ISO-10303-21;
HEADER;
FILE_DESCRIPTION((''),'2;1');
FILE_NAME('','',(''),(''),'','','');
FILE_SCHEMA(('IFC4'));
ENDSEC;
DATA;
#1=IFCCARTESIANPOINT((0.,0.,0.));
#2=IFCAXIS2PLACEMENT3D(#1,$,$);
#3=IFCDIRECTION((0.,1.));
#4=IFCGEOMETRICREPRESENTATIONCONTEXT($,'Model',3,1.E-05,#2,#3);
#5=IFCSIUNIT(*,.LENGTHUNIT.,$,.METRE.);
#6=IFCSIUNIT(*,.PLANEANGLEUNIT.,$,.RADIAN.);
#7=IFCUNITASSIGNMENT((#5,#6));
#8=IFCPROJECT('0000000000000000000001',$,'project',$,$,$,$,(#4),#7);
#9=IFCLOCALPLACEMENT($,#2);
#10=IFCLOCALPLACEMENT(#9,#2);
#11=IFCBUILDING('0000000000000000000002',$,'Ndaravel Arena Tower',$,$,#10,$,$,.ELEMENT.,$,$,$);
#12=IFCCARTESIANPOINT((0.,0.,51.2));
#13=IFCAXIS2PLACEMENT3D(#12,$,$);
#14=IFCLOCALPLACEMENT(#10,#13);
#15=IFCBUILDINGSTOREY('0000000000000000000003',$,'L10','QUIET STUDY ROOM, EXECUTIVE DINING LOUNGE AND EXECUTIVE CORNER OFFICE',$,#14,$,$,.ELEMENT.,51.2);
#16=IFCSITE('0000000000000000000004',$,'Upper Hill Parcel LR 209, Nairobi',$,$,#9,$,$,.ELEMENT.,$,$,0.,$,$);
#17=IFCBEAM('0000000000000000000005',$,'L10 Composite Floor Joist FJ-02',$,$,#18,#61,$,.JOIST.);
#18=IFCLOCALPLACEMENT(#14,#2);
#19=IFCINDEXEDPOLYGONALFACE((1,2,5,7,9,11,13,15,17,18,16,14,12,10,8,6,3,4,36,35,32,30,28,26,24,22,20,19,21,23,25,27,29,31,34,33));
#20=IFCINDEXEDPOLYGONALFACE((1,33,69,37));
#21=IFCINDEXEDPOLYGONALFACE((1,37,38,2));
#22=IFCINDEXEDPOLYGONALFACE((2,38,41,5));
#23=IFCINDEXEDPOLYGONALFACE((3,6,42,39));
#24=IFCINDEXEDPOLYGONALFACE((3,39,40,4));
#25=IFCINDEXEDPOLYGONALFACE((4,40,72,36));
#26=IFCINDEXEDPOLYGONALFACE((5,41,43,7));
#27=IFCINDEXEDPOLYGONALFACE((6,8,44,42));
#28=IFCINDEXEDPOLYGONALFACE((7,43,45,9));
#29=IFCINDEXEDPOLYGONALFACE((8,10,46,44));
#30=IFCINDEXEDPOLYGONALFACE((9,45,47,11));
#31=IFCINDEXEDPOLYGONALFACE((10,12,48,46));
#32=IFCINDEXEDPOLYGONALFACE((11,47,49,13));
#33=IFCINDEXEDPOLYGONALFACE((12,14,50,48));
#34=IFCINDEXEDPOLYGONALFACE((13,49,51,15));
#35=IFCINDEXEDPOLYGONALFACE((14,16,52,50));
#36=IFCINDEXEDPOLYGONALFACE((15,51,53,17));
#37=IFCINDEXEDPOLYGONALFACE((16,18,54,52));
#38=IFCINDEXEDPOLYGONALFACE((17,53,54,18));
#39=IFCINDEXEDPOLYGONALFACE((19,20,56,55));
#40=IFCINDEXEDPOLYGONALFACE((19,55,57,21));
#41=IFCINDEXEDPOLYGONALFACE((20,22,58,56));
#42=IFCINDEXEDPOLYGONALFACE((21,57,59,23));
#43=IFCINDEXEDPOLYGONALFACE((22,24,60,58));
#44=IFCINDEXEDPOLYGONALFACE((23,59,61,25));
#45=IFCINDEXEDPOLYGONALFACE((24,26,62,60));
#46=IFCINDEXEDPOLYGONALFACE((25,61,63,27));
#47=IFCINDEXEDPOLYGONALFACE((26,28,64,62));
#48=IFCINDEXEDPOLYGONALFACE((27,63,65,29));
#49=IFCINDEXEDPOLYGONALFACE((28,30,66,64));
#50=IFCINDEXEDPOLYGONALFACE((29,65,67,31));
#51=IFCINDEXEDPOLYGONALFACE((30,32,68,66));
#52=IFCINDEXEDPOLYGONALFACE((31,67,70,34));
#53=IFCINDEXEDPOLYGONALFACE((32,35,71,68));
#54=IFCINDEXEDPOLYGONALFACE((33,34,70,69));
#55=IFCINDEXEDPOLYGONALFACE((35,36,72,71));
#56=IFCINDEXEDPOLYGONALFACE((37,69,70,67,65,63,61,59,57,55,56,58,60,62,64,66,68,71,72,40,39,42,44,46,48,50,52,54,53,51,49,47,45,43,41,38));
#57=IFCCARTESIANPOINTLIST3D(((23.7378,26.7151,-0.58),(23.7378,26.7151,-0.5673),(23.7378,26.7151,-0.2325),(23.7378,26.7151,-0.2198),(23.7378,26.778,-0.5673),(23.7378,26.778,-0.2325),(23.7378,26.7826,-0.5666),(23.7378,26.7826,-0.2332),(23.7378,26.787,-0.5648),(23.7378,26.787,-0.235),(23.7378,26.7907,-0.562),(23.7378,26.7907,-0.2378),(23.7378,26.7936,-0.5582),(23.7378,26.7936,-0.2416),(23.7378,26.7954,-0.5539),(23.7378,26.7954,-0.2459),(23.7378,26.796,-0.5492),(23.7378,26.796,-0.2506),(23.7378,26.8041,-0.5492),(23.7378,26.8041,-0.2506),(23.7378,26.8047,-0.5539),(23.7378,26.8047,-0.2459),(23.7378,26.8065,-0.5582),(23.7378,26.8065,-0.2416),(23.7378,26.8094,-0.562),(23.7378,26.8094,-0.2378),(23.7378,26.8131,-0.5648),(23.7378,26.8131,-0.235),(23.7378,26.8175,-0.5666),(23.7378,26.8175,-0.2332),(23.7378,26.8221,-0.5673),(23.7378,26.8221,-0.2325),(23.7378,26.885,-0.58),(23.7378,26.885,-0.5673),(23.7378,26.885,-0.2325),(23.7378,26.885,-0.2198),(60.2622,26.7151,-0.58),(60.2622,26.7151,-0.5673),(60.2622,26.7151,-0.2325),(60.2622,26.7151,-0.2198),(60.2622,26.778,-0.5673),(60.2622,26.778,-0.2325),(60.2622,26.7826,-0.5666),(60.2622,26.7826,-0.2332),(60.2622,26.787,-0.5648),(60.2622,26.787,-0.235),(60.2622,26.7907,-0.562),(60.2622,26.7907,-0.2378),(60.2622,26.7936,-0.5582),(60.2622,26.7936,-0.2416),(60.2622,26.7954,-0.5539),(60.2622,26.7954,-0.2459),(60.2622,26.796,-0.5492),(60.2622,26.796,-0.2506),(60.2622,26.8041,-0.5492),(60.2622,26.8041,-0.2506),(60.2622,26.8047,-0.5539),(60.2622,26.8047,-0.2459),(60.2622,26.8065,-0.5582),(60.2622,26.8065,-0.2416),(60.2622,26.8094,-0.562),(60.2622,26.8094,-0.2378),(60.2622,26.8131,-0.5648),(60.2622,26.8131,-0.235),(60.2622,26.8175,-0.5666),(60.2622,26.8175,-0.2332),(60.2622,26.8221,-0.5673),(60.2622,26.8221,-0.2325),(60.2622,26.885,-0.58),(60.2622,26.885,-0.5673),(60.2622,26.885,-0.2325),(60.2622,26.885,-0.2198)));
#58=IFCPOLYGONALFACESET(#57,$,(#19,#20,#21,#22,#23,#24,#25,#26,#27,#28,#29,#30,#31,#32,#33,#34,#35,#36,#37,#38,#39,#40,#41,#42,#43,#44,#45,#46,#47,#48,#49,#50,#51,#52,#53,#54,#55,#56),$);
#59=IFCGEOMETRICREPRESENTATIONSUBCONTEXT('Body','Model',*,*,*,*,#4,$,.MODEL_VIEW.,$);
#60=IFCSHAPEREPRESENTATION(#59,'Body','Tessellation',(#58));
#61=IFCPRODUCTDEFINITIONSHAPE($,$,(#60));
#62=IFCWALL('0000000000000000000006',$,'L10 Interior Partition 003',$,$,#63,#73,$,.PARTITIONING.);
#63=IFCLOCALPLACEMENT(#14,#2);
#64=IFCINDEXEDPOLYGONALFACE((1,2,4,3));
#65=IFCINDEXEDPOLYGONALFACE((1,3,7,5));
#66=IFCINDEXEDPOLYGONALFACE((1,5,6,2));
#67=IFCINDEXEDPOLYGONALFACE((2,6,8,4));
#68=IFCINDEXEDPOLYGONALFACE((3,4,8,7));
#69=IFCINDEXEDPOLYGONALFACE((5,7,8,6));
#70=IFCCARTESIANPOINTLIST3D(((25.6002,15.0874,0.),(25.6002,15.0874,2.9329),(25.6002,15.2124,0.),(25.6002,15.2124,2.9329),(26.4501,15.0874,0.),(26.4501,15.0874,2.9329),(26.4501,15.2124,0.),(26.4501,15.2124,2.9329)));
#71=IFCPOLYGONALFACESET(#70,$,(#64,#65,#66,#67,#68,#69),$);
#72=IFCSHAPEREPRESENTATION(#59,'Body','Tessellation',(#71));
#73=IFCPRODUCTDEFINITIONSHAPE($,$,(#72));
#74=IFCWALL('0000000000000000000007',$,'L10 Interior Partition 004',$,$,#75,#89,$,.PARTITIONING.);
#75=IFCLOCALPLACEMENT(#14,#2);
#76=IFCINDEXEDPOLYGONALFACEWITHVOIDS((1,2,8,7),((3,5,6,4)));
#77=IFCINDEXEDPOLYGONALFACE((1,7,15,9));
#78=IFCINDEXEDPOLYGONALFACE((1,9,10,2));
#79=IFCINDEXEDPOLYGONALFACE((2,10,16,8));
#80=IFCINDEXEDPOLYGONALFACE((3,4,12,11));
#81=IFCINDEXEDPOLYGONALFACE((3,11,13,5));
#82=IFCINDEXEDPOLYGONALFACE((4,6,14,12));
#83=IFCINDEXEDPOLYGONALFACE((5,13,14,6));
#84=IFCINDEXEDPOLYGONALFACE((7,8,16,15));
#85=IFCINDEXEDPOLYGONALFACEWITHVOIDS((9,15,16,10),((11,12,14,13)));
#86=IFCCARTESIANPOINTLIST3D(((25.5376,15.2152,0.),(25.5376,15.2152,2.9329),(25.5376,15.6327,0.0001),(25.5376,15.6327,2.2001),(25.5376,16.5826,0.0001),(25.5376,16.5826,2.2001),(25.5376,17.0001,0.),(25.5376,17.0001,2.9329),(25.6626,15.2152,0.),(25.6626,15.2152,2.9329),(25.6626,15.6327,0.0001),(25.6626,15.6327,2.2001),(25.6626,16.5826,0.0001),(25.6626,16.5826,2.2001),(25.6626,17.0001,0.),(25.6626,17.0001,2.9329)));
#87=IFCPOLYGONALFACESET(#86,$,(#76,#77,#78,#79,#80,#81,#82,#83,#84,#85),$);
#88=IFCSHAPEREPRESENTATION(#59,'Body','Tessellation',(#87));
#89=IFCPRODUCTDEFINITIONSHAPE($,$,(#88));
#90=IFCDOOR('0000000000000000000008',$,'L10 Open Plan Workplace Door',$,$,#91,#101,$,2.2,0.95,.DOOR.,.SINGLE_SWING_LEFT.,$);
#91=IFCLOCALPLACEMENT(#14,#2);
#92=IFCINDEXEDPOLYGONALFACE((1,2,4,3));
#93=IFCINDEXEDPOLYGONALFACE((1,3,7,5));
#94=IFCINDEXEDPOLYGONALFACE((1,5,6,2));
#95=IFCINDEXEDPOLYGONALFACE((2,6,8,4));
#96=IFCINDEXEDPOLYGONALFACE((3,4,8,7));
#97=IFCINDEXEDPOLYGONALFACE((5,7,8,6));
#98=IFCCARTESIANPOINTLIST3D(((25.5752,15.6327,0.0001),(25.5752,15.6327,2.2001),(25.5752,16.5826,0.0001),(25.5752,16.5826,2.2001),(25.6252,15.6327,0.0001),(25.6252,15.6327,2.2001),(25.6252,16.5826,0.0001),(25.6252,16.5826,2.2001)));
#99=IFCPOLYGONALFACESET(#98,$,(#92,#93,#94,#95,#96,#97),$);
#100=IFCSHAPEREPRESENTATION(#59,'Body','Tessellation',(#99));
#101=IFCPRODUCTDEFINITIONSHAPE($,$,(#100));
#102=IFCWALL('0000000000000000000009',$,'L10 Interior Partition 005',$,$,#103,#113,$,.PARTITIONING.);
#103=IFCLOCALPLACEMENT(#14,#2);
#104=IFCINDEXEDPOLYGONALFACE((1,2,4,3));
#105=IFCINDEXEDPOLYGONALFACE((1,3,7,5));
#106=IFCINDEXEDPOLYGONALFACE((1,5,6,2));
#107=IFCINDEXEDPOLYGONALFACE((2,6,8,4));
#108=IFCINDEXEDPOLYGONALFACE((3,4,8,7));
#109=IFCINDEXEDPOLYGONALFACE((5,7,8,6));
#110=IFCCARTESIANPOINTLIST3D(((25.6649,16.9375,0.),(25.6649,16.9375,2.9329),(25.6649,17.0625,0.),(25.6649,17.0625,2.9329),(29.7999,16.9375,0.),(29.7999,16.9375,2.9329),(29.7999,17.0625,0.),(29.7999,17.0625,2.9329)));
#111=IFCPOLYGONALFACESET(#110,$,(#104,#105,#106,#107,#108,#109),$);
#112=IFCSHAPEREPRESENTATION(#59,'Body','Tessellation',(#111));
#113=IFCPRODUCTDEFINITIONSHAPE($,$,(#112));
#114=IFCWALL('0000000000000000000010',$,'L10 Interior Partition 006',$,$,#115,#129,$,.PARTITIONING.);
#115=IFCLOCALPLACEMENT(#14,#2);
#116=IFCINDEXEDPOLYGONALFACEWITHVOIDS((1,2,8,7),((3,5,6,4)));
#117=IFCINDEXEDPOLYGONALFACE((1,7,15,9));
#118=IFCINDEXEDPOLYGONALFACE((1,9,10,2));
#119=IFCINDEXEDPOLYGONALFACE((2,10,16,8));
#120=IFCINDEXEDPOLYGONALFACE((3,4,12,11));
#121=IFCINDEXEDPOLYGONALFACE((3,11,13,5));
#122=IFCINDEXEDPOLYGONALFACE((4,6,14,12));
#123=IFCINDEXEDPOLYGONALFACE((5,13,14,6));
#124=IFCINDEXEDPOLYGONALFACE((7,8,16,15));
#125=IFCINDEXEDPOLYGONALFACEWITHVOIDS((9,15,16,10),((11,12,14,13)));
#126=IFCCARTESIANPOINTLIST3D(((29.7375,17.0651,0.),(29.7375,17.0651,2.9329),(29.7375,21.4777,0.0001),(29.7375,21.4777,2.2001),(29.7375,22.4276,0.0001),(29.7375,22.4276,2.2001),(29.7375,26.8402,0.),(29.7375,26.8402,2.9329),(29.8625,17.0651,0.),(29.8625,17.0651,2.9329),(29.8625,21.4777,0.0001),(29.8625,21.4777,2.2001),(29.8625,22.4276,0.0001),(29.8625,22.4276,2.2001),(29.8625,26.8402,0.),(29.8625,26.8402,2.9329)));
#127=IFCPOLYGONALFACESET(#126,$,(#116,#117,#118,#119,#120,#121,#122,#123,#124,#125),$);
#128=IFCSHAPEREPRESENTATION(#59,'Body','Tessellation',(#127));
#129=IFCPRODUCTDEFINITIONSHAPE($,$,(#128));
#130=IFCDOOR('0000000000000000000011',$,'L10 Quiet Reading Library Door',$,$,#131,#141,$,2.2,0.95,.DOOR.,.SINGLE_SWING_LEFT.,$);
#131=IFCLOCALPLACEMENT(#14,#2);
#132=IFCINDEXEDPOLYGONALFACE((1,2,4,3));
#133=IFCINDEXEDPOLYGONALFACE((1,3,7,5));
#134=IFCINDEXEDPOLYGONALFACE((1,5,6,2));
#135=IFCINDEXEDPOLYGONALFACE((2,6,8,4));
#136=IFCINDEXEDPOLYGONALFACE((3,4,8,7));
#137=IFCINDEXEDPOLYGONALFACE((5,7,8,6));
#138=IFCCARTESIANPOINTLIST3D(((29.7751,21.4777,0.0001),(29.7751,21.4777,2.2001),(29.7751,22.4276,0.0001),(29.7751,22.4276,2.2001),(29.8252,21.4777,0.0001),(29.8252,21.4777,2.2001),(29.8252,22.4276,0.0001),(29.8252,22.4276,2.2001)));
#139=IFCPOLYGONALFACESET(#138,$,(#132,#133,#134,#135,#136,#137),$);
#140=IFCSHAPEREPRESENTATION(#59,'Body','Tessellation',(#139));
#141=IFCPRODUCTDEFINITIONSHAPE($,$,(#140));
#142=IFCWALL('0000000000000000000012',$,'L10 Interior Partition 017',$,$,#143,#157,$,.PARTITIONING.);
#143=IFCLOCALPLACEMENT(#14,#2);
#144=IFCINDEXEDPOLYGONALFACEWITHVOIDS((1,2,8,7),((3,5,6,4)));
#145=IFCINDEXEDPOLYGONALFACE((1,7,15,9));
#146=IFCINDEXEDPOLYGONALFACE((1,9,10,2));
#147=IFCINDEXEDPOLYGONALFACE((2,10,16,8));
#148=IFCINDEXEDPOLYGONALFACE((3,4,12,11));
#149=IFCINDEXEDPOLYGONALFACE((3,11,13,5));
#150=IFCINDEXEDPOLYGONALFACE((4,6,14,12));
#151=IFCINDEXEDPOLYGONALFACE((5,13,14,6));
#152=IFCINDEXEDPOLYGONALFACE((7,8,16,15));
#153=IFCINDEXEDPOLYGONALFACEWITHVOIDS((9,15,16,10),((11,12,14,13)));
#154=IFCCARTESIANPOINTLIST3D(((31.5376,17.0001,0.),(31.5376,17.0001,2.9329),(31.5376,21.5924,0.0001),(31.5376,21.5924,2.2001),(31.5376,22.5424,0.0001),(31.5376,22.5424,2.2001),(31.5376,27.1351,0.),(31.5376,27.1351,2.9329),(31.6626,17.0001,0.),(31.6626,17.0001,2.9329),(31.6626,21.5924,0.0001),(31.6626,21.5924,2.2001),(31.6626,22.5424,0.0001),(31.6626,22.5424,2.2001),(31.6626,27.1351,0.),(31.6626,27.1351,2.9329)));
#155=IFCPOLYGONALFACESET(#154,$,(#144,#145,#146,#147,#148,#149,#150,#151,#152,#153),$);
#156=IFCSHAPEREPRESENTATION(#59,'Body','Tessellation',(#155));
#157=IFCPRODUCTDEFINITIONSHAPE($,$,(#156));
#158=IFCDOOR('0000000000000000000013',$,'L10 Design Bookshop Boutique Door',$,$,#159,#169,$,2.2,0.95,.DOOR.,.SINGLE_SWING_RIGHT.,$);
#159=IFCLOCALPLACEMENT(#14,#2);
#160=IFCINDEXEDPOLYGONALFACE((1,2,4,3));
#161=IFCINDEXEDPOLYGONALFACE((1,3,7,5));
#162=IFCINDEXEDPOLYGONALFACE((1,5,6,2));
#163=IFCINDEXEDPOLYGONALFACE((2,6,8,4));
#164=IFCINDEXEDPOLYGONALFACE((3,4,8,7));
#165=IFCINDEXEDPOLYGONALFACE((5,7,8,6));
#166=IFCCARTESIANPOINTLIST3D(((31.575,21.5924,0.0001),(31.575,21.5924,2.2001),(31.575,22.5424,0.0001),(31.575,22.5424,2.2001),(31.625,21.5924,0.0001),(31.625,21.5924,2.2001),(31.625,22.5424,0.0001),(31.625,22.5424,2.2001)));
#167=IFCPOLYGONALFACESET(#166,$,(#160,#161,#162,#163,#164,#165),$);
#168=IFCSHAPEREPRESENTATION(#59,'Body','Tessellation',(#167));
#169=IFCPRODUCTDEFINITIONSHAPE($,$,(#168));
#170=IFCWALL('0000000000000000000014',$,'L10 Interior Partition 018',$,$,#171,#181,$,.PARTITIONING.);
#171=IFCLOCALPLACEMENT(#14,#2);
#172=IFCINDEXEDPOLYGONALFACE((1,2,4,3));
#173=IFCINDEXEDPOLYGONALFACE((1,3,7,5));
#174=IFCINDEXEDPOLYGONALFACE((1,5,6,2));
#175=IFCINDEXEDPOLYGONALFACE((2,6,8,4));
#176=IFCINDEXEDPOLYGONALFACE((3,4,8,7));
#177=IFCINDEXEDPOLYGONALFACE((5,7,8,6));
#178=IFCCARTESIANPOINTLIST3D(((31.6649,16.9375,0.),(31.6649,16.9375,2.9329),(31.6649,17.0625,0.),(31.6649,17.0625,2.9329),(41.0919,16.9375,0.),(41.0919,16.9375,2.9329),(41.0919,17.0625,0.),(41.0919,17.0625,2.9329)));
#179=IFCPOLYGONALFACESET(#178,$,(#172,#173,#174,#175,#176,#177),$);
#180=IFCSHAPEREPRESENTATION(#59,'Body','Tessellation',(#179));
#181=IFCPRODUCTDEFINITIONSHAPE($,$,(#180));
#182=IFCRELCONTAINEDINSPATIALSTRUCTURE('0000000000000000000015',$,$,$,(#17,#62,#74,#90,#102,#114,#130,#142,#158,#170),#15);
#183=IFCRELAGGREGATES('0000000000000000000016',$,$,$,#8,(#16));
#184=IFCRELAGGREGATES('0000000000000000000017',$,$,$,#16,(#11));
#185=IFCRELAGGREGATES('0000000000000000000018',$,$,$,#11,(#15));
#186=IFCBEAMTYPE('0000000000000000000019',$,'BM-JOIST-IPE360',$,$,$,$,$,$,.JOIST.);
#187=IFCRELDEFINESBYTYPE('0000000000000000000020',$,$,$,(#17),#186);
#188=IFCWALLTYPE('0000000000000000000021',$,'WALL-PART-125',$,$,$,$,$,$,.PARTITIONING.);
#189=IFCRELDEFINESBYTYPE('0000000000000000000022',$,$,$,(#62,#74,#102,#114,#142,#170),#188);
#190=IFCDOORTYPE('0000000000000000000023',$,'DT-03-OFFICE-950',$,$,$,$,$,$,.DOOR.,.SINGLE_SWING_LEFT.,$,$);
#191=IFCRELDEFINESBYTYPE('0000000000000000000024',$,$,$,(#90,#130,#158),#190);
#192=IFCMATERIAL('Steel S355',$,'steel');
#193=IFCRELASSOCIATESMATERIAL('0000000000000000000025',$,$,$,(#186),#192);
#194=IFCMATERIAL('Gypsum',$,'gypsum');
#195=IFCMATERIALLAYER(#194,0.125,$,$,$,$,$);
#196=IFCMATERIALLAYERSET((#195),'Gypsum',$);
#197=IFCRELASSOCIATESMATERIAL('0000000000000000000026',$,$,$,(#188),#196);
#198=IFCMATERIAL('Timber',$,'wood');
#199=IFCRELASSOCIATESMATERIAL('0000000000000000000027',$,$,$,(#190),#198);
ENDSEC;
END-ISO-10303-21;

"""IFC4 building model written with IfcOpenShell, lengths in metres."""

from ifc_helpers import new_model, si_unit, direction, frame, frame_2d, origin, origin_2d, place, context, subcontext, project, spatial, rectangle, i_section, extrude, material, layer, layer_set, material_profile, profile_set, type_object, element, fill, save


model = new_model("IFC4")

# Units and contexts
model_context = context("Model", 3, precision=1e-05, world=origin(), true_north=direction((0.0, 1.0)))
body_context = subcontext(model_context, "Body", "Model", "MODEL_VIEW")
ifc_project = project(units=[si_unit("LENGTHUNIT", "METRE"), si_unit("PLANEANGLEUNIT", "RADIAN")], contexts=[model_context])

# Site, building, storey
site_placement = place(None, origin())
site = spatial("IfcSite", under=ifc_project, at=site_placement, Name="Upper Hill Parcel LR 209, Nairobi", CompositionType="ELEMENT", RefElevation=0.0)
building_placement = place(site_placement, origin())
building = spatial("IfcBuilding", under=site, at=building_placement, Name="Ndaravel Arena Tower", CompositionType="ELEMENT")
storey_placement = place(building_placement, frame((0.0, 0.0, 51.2)))
storey = spatial("IfcBuildingStorey", under=building, at=storey_placement, Name="L10", Description="QUIET STUDY ROOM, EXECUTIVE DINING LOUNGE AND EXECUTIVE CORNER OFFICE", CompositionType="ELEMENT", Elevation=51.2)

# Beam
ifc_material_1 = material(Name="Steel S355", Category="steel")
ifc_material_profile_1 = material_profile(ifc_material_1, i_section(OverallWidth=0.1699, OverallDepth=0.3601, WebThickness=0.0081, FlangeThickness=0.0127, FilletRadius=0.0181, at=origin_2d()), Name="IPE 360")
ifc_profile_set_1 = profile_set([ifc_material_profile_1], Name="Steel S355")
beam_type_1 = type_object("IfcBeamType", Name="BM-JOIST-IPE360", PredefinedType="JOIST", material=ifc_profile_set_1)
beam_1_placement = place(storey_placement, frame((23.7378, 26.8, -0.3999), z_axis=(1.0, 0.0, 0.0), x_axis=(0.0, 1.0, 0.0)))
element("IfcBeam", 1, at=beam_1_placement, inside=storey, type_object=beam_type_1, Name="L10 Composite Floor Joist FJ-02", PredefinedType="JOIST", context=body_context, shape_type="SweptSolid", body=[
    extrude(i_section(OverallWidth=0.1699, OverallDepth=0.3601, WebThickness=0.0081, FlangeThickness=0.0127, FilletRadius=0.0181, at=origin_2d()), origin(), (0.0, 0.0, 1.0), 36.5244),
])

# Wall
ifc_material_2 = material(Name="Gypsum", Category="gypsum")
ifc_layer_1 = layer(ifc_material_2, 0.125)
ifc_layer_set_1 = layer_set([ifc_layer_1], Name="Gypsum")
wall_type_1 = type_object("IfcWallType", Name="WALL-PART-125", PredefinedType="PARTITIONING", material=ifc_layer_set_1)
wall_1_placement = place(storey_placement, frame((26.45, 15.1499, 0.0), z_axis=(0.0, 0.0, 1.0), x_axis=(-1.0, 0.0, 0.0)))
element("IfcWall", 2, at=wall_1_placement, inside=storey, type_object=wall_type_1, Name="L10 Interior Partition 003", PredefinedType="PARTITIONING", context=body_context, shape_type="SweptSolid", body=[
    extrude(rectangle(XDim=0.8499, YDim=0.125, at=frame_2d((0.4248, 0.0))), origin(), (0.0, 0.0, 1.0), 2.9329),
])

# Wall, opening, door
wall_2_placement = place(storey_placement, frame((25.6001, 15.2151, 0.0), z_axis=(0.0, 0.0, 1.0), x_axis=(0.0, 1.0, 0.0)))
wall_2 = element("IfcWall", 3, at=wall_2_placement, inside=storey, type_object=wall_type_1, Name="L10 Interior Partition 004", PredefinedType="PARTITIONING", context=body_context, shape_type="SweptSolid", body=[
    extrude(rectangle(XDim=1.7849, YDim=0.125, at=frame_2d((0.8926, 0.0))), origin(), (0.0, 0.0, 1.0), 2.9329),
])
opening_1_placement = place(wall_2_placement, frame((0.4175, 0.0, 0.0)))
opening_1 = element("IfcOpeningElement", 4, at=opening_1_placement, cuts=wall_2, PredefinedType="OPENING", context=body_context, shape_type="SweptSolid", body=[
    extrude(rectangle(XDim=0.95, YDim=2.2, at=frame_2d((0.4751, 1.1001))), frame((0.0, 0.0625, 0.0), z_axis=(0.0, -1.0, 0.0), x_axis=(1.0, 0.0, 0.0)), (0.0, 0.0, 1.0), 0.125),
])
ifc_material_3 = material(Name="Timber", Category="wood")
door_type_1 = type_object("IfcDoorType", Name="DT-03-OFFICE-950", OperationType="SINGLE_SWING_LEFT", PredefinedType="DOOR", material=ifc_material_3)
door_1_placement = place(opening_1_placement, origin())
door_1 = element("IfcDoor", 5, at=door_1_placement, inside=storey, type_object=door_type_1, Name="L10 Open Plan Workplace Door", OperationType="SINGLE_SWING_LEFT", OverallHeight=2.2, OverallWidth=0.95, PredefinedType="DOOR", context=body_context, shape_type="SweptSolid", body=[
    extrude(rectangle(XDim=0.95, YDim=2.2, at=frame_2d((0.4751, 1.1001))), frame((0.0, 0.0249, 0.0), z_axis=(0.0, -1.0, 0.0), x_axis=(1.0, 0.0, 0.0)), (0.0, 0.0, 1.0), 0.05),
])
fill(opening_1, door_1)

# Wall
wall_3_placement = place(storey_placement, frame((25.665, 17.0, 0.0), z_axis=(0.0, 0.0, 1.0), x_axis=(1.0, 0.0, 0.0)))
element("IfcWall", 6, at=wall_3_placement, inside=storey, type_object=wall_type_1, Name="L10 Interior Partition 005", PredefinedType="PARTITIONING", context=body_context, shape_type="SweptSolid", body=[
    extrude(rectangle(XDim=4.135, YDim=0.125, at=frame_2d((2.0674, 0.0))), origin(), (0.0, 0.0, 1.0), 2.9329),
])

# Walls, openings, doors
wall_4_placement = place(storey_placement, frame((29.8, 17.0649, 0.0), z_axis=(0.0, 0.0, 1.0), x_axis=(0.0, 1.0, 0.0)))
wall_4 = element("IfcWall", 7, at=wall_4_placement, inside=storey, type_object=wall_type_1, Name="L10 Interior Partition 006", PredefinedType="PARTITIONING", context=body_context, shape_type="SweptSolid", body=[
    extrude(rectangle(XDim=9.7751, YDim=0.125, at=frame_2d((4.8877, 0.0))), origin(), (0.0, 0.0, 1.0), 2.9329),
])
opening_2_placement = place(wall_4_placement, frame((4.4126, 0.0, 0.0)))
opening_2 = element("IfcOpeningElement", 8, at=opening_2_placement, cuts=wall_4, PredefinedType="OPENING", context=body_context, shape_type="SweptSolid", body=[
    extrude(rectangle(XDim=0.95, YDim=2.2, at=frame_2d((0.4751, 1.1001))), frame((0.0, 0.0625, 0.0), z_axis=(0.0, -1.0, 0.0), x_axis=(1.0, 0.0, 0.0)), (0.0, 0.0, 1.0), 0.125),
])
door_2_placement = place(opening_2_placement, origin())
door_2 = element("IfcDoor", 9, at=door_2_placement, inside=storey, type_object=door_type_1, Name="L10 Quiet Reading Library Door", OperationType="SINGLE_SWING_LEFT", OverallHeight=2.2, OverallWidth=0.95, PredefinedType="DOOR", context=body_context, shape_type="SweptSolid", body=[
    extrude(rectangle(XDim=0.95, YDim=2.2, at=frame_2d((0.4751, 1.1001))), frame((0.0, 0.0249, 0.0), z_axis=(0.0, -1.0, 0.0), x_axis=(1.0, 0.0, 0.0)), (0.0, 0.0, 1.0), 0.05),
])
fill(opening_2, door_2)
wall_5_placement = place(storey_placement, frame((31.6001, 27.135, 0.0), z_axis=(0.0, 0.0, 1.0), x_axis=(0.0, -1.0, 0.0)))
wall_5 = element("IfcWall", 10, at=wall_5_placement, inside=storey, type_object=wall_type_1, Name="L10 Interior Partition 017", PredefinedType="PARTITIONING", context=body_context, shape_type="SweptSolid", body=[
    extrude(rectangle(XDim=10.135, YDim=0.125, at=frame_2d((5.0674, 0.0))), origin(), (0.0, 0.0, 1.0), 2.9329),
])
opening_3_placement = place(wall_5_placement, frame((4.5925, 0.0, 0.0)))
opening_3 = element("IfcOpeningElement", 11, at=opening_3_placement, cuts=wall_5, PredefinedType="OPENING", context=body_context, shape_type="SweptSolid", body=[
    extrude(rectangle(XDim=0.95, YDim=2.2, at=frame_2d((0.4751, 1.1001))), frame((0.0, 0.0625, 0.0), z_axis=(0.0, -1.0, 0.0), x_axis=(1.0, 0.0, 0.0)), (0.0, 0.0, 1.0), 0.125),
])
door_3_placement = place(opening_3_placement, origin())
door_3 = element("IfcDoor", 12, at=door_3_placement, inside=storey, type_object=door_type_1, Name="L10 Design Bookshop Boutique Door", OperationType="SINGLE_SWING_RIGHT", OverallHeight=2.2, OverallWidth=0.95, PredefinedType="DOOR", context=body_context, shape_type="SweptSolid", body=[
    extrude(rectangle(XDim=0.95, YDim=2.2, at=frame_2d((0.4751, 1.1001))), frame((0.0, 0.0249, 0.0), z_axis=(0.0, -1.0, 0.0), x_axis=(1.0, 0.0, 0.0)), (0.0, 0.0, 1.0), 0.05),
])
fill(opening_3, door_3)

# Wall
wall_6_placement = place(storey_placement, frame((31.665, 17.0, 0.0), z_axis=(0.0, 0.0, 1.0), x_axis=(1.0, 0.0, 0.0)))
element("IfcWall", 13, at=wall_6_placement, inside=storey, type_object=wall_type_1, Name="L10 Interior Partition 018", PredefinedType="PARTITIONING", context=body_context, shape_type="SweptSolid", body=[
    extrude(rectangle(XDim=9.427, YDim=0.125, at=frame_2d((4.7134, 0.0))), origin(), (0.0, 0.0, 1.0), 2.9329),
])

save(model, "model.ifc")
